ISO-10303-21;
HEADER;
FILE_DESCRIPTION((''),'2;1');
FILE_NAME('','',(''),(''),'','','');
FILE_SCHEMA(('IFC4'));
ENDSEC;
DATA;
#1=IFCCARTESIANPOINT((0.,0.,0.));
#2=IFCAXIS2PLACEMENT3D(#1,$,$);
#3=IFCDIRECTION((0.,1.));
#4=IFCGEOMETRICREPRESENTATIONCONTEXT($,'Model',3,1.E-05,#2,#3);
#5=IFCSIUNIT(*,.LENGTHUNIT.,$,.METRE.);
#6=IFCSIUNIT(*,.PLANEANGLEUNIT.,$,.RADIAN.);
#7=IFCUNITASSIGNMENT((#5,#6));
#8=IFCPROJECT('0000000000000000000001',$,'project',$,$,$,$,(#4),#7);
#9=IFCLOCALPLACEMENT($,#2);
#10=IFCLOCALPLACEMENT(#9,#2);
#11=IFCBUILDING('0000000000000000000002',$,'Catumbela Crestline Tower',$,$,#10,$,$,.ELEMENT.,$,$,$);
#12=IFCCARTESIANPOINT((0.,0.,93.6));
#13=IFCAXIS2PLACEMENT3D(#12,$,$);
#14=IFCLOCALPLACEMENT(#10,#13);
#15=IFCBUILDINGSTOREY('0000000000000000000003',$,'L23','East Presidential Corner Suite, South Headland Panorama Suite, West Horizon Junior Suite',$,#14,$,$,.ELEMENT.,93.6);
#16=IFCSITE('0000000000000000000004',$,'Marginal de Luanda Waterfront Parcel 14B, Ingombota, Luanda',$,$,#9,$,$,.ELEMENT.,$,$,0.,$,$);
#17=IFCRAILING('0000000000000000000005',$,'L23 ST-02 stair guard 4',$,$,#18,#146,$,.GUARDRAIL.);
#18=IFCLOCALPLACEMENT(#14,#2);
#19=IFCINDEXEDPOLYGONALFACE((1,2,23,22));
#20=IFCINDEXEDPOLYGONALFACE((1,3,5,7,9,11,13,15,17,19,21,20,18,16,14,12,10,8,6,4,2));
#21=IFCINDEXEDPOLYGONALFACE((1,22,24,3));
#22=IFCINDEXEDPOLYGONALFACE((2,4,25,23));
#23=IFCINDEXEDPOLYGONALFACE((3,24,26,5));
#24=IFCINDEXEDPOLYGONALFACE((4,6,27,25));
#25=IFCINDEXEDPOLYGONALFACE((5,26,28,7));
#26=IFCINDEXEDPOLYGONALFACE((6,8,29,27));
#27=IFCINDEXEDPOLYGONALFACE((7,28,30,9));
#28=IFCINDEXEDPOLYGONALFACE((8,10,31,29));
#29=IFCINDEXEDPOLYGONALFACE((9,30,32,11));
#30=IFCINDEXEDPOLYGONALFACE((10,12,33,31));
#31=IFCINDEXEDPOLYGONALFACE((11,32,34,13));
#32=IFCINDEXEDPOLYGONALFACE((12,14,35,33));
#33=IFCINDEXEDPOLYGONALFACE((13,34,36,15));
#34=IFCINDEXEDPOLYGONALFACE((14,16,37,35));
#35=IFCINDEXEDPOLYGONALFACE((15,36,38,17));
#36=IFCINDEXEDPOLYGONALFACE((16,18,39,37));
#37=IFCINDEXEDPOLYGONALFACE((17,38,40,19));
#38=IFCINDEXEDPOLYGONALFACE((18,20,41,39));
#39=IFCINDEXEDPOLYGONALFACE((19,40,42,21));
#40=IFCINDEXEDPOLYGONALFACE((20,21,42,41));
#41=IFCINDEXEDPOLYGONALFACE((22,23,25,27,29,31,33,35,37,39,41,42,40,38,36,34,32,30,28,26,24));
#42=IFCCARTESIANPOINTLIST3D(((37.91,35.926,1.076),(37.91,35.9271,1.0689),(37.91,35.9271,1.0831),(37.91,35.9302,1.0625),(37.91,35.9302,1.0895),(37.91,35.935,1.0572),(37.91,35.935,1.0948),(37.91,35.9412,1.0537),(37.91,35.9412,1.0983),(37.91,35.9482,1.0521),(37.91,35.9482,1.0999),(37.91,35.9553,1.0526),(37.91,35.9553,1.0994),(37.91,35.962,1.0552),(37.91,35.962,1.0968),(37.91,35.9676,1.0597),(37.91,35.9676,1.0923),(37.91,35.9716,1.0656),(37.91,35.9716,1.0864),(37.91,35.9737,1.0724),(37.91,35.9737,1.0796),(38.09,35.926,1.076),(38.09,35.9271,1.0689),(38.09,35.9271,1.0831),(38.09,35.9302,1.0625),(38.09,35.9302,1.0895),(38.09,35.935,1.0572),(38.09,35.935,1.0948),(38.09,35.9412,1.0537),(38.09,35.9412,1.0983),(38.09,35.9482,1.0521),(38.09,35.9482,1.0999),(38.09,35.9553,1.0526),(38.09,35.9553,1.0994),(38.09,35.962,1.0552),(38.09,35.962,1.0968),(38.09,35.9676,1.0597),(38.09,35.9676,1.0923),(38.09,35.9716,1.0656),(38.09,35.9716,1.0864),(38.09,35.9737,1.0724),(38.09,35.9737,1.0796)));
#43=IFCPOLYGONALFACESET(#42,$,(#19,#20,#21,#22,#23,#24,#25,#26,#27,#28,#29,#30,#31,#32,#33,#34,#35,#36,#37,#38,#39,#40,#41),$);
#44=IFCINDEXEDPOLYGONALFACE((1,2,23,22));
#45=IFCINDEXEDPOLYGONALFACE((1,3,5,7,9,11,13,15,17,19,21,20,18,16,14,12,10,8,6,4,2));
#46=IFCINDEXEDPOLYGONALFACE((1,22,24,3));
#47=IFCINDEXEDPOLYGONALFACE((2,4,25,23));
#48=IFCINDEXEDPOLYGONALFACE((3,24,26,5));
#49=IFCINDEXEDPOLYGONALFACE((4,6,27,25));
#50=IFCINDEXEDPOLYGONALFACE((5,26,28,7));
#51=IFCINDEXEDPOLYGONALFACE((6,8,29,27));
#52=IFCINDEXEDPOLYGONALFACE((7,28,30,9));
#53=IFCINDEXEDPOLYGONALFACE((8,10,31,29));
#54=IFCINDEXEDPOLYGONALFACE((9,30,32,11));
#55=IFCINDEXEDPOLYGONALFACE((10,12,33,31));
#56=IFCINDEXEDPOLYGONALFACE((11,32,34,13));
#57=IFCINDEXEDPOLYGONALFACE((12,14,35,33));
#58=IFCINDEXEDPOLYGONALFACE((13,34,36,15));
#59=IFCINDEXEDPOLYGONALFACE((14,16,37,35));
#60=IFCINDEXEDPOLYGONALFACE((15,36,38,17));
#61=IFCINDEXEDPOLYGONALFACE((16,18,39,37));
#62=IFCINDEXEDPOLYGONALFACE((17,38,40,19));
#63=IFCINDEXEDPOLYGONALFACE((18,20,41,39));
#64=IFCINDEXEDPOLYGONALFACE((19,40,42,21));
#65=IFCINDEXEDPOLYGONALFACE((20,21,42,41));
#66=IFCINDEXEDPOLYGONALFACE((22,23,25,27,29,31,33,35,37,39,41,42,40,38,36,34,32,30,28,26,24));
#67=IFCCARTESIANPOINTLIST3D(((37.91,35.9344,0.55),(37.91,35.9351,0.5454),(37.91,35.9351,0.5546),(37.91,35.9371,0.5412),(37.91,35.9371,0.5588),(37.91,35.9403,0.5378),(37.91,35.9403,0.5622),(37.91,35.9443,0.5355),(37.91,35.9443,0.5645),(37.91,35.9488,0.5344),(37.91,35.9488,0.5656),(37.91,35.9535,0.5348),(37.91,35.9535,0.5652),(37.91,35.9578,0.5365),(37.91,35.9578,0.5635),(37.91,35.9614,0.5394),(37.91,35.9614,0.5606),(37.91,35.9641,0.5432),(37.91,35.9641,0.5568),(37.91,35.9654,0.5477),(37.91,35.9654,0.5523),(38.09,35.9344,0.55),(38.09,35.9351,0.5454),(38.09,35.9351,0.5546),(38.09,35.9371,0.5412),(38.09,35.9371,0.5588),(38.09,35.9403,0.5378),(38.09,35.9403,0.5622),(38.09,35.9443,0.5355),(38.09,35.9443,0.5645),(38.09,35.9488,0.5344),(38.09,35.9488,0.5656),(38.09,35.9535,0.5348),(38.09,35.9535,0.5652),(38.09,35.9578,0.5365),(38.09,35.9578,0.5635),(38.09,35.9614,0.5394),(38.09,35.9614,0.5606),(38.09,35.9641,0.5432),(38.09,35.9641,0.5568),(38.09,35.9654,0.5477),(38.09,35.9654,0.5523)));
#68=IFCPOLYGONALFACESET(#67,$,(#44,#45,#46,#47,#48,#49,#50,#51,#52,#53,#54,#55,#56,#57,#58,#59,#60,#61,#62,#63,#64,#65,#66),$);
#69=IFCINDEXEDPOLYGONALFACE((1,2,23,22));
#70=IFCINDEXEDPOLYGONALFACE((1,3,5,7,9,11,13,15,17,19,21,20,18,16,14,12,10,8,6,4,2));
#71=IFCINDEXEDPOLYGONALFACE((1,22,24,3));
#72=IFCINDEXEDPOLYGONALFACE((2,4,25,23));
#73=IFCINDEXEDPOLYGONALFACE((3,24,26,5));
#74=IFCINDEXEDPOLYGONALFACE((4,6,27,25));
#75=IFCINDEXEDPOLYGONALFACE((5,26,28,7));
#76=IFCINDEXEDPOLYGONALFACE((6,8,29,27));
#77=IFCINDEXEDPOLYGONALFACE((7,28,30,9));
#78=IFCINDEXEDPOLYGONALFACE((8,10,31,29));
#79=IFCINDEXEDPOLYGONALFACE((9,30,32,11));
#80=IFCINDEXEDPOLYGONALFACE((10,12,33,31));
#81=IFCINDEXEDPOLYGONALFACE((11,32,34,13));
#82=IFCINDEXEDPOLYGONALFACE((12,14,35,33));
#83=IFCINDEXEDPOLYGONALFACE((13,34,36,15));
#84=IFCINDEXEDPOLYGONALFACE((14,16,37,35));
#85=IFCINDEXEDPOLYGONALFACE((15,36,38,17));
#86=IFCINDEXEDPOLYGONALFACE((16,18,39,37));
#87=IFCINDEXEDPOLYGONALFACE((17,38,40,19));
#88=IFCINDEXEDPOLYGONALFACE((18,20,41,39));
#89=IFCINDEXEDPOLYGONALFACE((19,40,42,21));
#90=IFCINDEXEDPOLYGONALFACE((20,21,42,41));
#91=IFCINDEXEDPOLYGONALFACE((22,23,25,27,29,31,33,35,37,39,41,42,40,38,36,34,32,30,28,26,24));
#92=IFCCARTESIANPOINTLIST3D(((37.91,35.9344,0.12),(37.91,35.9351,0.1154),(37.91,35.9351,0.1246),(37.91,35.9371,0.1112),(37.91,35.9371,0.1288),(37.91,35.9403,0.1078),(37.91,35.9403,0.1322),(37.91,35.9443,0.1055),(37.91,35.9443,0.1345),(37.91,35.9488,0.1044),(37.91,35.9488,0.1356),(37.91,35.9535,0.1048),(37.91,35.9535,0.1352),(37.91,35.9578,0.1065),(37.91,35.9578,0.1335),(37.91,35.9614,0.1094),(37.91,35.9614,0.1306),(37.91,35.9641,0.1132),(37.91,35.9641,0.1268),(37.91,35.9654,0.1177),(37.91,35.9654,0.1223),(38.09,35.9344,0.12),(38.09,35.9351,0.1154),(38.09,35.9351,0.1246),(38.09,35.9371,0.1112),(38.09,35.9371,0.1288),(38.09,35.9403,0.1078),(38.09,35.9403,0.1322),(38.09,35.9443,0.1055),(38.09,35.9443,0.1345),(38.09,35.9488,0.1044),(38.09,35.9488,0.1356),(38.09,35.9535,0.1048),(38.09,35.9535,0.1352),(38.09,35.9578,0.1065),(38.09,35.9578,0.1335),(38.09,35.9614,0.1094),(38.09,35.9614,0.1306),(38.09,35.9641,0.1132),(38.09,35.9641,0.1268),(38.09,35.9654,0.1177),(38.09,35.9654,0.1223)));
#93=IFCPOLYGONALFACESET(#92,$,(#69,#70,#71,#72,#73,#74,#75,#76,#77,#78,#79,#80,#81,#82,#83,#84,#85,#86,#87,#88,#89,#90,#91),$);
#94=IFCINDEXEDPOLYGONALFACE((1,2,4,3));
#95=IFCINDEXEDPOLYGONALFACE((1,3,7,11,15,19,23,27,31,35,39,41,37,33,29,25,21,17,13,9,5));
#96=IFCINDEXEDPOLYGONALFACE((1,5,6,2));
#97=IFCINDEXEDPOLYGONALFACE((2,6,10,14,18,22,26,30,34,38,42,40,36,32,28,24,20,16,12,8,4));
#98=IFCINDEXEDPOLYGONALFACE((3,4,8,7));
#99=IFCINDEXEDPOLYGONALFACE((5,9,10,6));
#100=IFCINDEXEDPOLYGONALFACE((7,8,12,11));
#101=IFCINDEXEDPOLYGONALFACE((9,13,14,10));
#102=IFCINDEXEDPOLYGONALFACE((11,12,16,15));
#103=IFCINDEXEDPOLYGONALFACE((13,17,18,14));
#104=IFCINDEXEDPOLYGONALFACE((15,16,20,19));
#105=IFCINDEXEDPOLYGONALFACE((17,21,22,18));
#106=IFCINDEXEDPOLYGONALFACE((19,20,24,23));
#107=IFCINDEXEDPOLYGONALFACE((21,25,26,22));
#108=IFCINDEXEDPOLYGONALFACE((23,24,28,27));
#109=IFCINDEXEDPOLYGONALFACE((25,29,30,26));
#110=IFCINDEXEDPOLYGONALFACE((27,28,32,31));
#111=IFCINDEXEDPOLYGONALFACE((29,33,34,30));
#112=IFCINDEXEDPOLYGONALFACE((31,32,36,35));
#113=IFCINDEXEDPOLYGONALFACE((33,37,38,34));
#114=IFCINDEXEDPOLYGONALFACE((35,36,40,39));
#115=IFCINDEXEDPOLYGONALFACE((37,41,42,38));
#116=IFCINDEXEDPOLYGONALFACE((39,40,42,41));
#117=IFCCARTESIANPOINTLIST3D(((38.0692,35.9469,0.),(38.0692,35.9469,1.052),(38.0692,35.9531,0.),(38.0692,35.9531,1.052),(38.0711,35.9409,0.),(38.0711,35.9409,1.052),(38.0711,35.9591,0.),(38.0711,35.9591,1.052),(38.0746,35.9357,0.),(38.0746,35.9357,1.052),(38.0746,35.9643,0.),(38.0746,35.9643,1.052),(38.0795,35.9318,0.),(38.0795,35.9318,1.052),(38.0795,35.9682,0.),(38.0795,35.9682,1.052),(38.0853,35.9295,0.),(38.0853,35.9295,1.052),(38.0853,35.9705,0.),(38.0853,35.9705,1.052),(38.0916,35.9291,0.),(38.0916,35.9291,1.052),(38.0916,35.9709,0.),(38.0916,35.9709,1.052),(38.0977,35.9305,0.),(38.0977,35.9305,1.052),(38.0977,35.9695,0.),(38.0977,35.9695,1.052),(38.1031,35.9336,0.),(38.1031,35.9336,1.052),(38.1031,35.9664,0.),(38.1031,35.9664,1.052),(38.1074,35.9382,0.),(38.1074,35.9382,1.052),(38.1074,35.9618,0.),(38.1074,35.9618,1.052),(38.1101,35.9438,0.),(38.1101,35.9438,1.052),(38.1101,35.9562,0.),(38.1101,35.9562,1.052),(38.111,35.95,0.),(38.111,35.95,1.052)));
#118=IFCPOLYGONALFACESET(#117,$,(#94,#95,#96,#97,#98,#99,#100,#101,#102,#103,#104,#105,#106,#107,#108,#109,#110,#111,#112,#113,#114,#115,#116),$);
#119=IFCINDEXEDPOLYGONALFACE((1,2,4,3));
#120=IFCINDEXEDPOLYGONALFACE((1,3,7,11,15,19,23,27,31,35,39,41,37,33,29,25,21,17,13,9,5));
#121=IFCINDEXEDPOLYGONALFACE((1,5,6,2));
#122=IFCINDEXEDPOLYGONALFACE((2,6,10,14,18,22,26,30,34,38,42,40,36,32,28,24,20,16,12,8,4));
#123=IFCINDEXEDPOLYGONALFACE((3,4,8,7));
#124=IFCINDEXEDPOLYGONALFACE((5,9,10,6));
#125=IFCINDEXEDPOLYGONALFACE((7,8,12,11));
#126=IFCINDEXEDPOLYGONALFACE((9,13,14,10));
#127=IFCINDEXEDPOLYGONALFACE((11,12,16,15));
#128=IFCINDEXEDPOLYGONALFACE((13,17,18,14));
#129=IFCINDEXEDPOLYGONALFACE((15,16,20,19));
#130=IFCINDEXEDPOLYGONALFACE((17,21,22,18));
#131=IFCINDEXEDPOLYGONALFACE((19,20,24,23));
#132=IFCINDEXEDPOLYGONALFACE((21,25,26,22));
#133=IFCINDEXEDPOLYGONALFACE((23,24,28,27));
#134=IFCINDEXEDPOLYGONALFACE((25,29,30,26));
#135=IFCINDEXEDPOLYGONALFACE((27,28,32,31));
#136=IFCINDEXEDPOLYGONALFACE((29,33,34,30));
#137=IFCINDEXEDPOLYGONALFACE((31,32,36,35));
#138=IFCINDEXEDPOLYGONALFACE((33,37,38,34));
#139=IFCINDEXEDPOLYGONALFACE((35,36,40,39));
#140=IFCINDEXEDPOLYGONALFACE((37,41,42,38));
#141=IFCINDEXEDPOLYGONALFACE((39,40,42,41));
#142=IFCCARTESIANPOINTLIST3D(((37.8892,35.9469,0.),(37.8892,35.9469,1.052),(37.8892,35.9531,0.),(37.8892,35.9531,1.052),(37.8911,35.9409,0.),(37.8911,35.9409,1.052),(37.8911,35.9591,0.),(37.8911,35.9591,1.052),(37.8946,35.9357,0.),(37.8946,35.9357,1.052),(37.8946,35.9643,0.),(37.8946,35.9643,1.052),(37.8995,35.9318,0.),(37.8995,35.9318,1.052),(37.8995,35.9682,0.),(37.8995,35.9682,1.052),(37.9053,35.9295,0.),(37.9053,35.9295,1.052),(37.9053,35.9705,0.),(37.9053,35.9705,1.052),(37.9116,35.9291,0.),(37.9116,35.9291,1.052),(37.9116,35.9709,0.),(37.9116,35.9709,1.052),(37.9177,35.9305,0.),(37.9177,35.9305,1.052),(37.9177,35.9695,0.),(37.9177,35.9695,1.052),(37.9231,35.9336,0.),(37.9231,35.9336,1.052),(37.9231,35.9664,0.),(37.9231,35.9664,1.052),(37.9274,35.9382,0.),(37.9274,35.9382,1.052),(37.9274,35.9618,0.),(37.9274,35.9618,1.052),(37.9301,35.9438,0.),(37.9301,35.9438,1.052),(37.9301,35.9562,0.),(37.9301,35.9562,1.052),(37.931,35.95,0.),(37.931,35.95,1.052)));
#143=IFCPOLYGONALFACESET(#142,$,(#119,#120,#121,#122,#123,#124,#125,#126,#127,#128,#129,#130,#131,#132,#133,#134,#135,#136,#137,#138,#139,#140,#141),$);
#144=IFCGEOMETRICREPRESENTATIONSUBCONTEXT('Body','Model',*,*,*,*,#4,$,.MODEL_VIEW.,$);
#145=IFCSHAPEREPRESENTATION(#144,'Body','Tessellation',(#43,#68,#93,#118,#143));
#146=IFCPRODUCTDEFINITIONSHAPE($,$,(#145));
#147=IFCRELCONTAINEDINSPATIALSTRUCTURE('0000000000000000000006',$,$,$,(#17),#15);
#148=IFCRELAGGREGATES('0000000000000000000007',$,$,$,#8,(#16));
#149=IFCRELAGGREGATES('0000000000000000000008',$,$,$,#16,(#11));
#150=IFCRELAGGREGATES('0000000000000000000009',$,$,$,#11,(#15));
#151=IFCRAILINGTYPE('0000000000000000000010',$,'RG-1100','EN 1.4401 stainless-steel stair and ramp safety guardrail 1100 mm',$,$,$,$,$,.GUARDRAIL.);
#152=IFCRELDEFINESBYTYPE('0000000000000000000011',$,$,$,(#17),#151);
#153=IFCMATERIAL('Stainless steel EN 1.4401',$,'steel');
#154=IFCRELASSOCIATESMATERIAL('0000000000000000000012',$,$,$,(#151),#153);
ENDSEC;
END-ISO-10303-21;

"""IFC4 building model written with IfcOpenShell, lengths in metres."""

from ifc_helpers import new_model, si_unit, direction, frame, origin, origin_2d, place, context, subcontext, project, spatial, circle, extrude, material, type_object, element, save


model = new_model("IFC4")

# Units and contexts
model_context = context("Model", 3, precision=1e-05, world=origin(), true_north=direction((0.0, 1.0)))
body_context = subcontext(model_context, "Body", "Model", "MODEL_VIEW")
ifc_project = project(units=[si_unit("LENGTHUNIT", "METRE"), si_unit("PLANEANGLEUNIT", "RADIAN")], contexts=[model_context])

# Site, building, storey
site_placement = place(None, origin())
site = spatial("IfcSite", under=ifc_project, at=site_placement, Name="Marginal de Luanda Waterfront Parcel 14B, Ingombota, Luanda", CompositionType="ELEMENT", RefElevation=0.0)
building_placement = place(site_placement, origin())
building = spatial("IfcBuilding", under=site, at=building_placement, Name="Catumbela Crestline Tower", CompositionType="ELEMENT")
storey_placement = place(building_placement, frame((0.0, 0.0, 93.6)))
storey = spatial("IfcBuildingStorey", under=building, at=storey_placement, Name="L23", Description="East Presidential Corner Suite, South Headland Panorama Suite, West Horizon Junior Suite", CompositionType="ELEMENT", Elevation=93.6)

# Shared definitions
ifc_material_1 = material(Name="Stainless steel EN 1.4401", Category="steel")

# Railing
railing_type_1 = type_object("IfcRailingType", Name="RG-1100", Description="EN 1.4401 stainless-steel stair and ramp safety guardrail 1100 mm", PredefinedType="GUARDRAIL", material=ifc_material_1)
railing_1_placement = place(storey_placement, frame((38.09, 35.95, 0.0)))
element("IfcRailing", 1, at=railing_1_placement, inside=storey, type_object=railing_type_1, Name="L23 ST-02 stair guard 4", PredefinedType="GUARDRAIL", context=body_context, shape_type="SweptSolid", body=[
    extrude(circle(Radius=0.024, at=origin_2d()), frame((0.0, 0.0, 1.076), z_axis=(-1.0, 0.0, 0.0), x_axis=(0.0, -1.0, 0.0)), (0.0, 0.0, 1.0), 0.18),
    extrude(circle(Radius=0.0156, at=origin_2d()), frame((0.0, 0.0, 0.55), z_axis=(-1.0, 0.0, 0.0), x_axis=(0.0, -1.0, 0.0)), (0.0, 0.0, 1.0), 0.18),
    extrude(circle(Radius=0.0156, at=origin_2d()), frame((0.0, 0.0, 0.12), z_axis=(-1.0, 0.0, 0.0), x_axis=(0.0, -1.0, 0.0)), (0.0, 0.0, 1.0), 0.18),
    extrude(circle(Radius=0.021, at=origin_2d()), origin(), (0.0, 0.0, 1.0), 1.052),
    extrude(circle(Radius=0.021, at=origin_2d()), frame((-0.18, 0.0, 0.0)), (0.0, 0.0, 1.0), 1.052),
])

save(model, "model.ifc")
